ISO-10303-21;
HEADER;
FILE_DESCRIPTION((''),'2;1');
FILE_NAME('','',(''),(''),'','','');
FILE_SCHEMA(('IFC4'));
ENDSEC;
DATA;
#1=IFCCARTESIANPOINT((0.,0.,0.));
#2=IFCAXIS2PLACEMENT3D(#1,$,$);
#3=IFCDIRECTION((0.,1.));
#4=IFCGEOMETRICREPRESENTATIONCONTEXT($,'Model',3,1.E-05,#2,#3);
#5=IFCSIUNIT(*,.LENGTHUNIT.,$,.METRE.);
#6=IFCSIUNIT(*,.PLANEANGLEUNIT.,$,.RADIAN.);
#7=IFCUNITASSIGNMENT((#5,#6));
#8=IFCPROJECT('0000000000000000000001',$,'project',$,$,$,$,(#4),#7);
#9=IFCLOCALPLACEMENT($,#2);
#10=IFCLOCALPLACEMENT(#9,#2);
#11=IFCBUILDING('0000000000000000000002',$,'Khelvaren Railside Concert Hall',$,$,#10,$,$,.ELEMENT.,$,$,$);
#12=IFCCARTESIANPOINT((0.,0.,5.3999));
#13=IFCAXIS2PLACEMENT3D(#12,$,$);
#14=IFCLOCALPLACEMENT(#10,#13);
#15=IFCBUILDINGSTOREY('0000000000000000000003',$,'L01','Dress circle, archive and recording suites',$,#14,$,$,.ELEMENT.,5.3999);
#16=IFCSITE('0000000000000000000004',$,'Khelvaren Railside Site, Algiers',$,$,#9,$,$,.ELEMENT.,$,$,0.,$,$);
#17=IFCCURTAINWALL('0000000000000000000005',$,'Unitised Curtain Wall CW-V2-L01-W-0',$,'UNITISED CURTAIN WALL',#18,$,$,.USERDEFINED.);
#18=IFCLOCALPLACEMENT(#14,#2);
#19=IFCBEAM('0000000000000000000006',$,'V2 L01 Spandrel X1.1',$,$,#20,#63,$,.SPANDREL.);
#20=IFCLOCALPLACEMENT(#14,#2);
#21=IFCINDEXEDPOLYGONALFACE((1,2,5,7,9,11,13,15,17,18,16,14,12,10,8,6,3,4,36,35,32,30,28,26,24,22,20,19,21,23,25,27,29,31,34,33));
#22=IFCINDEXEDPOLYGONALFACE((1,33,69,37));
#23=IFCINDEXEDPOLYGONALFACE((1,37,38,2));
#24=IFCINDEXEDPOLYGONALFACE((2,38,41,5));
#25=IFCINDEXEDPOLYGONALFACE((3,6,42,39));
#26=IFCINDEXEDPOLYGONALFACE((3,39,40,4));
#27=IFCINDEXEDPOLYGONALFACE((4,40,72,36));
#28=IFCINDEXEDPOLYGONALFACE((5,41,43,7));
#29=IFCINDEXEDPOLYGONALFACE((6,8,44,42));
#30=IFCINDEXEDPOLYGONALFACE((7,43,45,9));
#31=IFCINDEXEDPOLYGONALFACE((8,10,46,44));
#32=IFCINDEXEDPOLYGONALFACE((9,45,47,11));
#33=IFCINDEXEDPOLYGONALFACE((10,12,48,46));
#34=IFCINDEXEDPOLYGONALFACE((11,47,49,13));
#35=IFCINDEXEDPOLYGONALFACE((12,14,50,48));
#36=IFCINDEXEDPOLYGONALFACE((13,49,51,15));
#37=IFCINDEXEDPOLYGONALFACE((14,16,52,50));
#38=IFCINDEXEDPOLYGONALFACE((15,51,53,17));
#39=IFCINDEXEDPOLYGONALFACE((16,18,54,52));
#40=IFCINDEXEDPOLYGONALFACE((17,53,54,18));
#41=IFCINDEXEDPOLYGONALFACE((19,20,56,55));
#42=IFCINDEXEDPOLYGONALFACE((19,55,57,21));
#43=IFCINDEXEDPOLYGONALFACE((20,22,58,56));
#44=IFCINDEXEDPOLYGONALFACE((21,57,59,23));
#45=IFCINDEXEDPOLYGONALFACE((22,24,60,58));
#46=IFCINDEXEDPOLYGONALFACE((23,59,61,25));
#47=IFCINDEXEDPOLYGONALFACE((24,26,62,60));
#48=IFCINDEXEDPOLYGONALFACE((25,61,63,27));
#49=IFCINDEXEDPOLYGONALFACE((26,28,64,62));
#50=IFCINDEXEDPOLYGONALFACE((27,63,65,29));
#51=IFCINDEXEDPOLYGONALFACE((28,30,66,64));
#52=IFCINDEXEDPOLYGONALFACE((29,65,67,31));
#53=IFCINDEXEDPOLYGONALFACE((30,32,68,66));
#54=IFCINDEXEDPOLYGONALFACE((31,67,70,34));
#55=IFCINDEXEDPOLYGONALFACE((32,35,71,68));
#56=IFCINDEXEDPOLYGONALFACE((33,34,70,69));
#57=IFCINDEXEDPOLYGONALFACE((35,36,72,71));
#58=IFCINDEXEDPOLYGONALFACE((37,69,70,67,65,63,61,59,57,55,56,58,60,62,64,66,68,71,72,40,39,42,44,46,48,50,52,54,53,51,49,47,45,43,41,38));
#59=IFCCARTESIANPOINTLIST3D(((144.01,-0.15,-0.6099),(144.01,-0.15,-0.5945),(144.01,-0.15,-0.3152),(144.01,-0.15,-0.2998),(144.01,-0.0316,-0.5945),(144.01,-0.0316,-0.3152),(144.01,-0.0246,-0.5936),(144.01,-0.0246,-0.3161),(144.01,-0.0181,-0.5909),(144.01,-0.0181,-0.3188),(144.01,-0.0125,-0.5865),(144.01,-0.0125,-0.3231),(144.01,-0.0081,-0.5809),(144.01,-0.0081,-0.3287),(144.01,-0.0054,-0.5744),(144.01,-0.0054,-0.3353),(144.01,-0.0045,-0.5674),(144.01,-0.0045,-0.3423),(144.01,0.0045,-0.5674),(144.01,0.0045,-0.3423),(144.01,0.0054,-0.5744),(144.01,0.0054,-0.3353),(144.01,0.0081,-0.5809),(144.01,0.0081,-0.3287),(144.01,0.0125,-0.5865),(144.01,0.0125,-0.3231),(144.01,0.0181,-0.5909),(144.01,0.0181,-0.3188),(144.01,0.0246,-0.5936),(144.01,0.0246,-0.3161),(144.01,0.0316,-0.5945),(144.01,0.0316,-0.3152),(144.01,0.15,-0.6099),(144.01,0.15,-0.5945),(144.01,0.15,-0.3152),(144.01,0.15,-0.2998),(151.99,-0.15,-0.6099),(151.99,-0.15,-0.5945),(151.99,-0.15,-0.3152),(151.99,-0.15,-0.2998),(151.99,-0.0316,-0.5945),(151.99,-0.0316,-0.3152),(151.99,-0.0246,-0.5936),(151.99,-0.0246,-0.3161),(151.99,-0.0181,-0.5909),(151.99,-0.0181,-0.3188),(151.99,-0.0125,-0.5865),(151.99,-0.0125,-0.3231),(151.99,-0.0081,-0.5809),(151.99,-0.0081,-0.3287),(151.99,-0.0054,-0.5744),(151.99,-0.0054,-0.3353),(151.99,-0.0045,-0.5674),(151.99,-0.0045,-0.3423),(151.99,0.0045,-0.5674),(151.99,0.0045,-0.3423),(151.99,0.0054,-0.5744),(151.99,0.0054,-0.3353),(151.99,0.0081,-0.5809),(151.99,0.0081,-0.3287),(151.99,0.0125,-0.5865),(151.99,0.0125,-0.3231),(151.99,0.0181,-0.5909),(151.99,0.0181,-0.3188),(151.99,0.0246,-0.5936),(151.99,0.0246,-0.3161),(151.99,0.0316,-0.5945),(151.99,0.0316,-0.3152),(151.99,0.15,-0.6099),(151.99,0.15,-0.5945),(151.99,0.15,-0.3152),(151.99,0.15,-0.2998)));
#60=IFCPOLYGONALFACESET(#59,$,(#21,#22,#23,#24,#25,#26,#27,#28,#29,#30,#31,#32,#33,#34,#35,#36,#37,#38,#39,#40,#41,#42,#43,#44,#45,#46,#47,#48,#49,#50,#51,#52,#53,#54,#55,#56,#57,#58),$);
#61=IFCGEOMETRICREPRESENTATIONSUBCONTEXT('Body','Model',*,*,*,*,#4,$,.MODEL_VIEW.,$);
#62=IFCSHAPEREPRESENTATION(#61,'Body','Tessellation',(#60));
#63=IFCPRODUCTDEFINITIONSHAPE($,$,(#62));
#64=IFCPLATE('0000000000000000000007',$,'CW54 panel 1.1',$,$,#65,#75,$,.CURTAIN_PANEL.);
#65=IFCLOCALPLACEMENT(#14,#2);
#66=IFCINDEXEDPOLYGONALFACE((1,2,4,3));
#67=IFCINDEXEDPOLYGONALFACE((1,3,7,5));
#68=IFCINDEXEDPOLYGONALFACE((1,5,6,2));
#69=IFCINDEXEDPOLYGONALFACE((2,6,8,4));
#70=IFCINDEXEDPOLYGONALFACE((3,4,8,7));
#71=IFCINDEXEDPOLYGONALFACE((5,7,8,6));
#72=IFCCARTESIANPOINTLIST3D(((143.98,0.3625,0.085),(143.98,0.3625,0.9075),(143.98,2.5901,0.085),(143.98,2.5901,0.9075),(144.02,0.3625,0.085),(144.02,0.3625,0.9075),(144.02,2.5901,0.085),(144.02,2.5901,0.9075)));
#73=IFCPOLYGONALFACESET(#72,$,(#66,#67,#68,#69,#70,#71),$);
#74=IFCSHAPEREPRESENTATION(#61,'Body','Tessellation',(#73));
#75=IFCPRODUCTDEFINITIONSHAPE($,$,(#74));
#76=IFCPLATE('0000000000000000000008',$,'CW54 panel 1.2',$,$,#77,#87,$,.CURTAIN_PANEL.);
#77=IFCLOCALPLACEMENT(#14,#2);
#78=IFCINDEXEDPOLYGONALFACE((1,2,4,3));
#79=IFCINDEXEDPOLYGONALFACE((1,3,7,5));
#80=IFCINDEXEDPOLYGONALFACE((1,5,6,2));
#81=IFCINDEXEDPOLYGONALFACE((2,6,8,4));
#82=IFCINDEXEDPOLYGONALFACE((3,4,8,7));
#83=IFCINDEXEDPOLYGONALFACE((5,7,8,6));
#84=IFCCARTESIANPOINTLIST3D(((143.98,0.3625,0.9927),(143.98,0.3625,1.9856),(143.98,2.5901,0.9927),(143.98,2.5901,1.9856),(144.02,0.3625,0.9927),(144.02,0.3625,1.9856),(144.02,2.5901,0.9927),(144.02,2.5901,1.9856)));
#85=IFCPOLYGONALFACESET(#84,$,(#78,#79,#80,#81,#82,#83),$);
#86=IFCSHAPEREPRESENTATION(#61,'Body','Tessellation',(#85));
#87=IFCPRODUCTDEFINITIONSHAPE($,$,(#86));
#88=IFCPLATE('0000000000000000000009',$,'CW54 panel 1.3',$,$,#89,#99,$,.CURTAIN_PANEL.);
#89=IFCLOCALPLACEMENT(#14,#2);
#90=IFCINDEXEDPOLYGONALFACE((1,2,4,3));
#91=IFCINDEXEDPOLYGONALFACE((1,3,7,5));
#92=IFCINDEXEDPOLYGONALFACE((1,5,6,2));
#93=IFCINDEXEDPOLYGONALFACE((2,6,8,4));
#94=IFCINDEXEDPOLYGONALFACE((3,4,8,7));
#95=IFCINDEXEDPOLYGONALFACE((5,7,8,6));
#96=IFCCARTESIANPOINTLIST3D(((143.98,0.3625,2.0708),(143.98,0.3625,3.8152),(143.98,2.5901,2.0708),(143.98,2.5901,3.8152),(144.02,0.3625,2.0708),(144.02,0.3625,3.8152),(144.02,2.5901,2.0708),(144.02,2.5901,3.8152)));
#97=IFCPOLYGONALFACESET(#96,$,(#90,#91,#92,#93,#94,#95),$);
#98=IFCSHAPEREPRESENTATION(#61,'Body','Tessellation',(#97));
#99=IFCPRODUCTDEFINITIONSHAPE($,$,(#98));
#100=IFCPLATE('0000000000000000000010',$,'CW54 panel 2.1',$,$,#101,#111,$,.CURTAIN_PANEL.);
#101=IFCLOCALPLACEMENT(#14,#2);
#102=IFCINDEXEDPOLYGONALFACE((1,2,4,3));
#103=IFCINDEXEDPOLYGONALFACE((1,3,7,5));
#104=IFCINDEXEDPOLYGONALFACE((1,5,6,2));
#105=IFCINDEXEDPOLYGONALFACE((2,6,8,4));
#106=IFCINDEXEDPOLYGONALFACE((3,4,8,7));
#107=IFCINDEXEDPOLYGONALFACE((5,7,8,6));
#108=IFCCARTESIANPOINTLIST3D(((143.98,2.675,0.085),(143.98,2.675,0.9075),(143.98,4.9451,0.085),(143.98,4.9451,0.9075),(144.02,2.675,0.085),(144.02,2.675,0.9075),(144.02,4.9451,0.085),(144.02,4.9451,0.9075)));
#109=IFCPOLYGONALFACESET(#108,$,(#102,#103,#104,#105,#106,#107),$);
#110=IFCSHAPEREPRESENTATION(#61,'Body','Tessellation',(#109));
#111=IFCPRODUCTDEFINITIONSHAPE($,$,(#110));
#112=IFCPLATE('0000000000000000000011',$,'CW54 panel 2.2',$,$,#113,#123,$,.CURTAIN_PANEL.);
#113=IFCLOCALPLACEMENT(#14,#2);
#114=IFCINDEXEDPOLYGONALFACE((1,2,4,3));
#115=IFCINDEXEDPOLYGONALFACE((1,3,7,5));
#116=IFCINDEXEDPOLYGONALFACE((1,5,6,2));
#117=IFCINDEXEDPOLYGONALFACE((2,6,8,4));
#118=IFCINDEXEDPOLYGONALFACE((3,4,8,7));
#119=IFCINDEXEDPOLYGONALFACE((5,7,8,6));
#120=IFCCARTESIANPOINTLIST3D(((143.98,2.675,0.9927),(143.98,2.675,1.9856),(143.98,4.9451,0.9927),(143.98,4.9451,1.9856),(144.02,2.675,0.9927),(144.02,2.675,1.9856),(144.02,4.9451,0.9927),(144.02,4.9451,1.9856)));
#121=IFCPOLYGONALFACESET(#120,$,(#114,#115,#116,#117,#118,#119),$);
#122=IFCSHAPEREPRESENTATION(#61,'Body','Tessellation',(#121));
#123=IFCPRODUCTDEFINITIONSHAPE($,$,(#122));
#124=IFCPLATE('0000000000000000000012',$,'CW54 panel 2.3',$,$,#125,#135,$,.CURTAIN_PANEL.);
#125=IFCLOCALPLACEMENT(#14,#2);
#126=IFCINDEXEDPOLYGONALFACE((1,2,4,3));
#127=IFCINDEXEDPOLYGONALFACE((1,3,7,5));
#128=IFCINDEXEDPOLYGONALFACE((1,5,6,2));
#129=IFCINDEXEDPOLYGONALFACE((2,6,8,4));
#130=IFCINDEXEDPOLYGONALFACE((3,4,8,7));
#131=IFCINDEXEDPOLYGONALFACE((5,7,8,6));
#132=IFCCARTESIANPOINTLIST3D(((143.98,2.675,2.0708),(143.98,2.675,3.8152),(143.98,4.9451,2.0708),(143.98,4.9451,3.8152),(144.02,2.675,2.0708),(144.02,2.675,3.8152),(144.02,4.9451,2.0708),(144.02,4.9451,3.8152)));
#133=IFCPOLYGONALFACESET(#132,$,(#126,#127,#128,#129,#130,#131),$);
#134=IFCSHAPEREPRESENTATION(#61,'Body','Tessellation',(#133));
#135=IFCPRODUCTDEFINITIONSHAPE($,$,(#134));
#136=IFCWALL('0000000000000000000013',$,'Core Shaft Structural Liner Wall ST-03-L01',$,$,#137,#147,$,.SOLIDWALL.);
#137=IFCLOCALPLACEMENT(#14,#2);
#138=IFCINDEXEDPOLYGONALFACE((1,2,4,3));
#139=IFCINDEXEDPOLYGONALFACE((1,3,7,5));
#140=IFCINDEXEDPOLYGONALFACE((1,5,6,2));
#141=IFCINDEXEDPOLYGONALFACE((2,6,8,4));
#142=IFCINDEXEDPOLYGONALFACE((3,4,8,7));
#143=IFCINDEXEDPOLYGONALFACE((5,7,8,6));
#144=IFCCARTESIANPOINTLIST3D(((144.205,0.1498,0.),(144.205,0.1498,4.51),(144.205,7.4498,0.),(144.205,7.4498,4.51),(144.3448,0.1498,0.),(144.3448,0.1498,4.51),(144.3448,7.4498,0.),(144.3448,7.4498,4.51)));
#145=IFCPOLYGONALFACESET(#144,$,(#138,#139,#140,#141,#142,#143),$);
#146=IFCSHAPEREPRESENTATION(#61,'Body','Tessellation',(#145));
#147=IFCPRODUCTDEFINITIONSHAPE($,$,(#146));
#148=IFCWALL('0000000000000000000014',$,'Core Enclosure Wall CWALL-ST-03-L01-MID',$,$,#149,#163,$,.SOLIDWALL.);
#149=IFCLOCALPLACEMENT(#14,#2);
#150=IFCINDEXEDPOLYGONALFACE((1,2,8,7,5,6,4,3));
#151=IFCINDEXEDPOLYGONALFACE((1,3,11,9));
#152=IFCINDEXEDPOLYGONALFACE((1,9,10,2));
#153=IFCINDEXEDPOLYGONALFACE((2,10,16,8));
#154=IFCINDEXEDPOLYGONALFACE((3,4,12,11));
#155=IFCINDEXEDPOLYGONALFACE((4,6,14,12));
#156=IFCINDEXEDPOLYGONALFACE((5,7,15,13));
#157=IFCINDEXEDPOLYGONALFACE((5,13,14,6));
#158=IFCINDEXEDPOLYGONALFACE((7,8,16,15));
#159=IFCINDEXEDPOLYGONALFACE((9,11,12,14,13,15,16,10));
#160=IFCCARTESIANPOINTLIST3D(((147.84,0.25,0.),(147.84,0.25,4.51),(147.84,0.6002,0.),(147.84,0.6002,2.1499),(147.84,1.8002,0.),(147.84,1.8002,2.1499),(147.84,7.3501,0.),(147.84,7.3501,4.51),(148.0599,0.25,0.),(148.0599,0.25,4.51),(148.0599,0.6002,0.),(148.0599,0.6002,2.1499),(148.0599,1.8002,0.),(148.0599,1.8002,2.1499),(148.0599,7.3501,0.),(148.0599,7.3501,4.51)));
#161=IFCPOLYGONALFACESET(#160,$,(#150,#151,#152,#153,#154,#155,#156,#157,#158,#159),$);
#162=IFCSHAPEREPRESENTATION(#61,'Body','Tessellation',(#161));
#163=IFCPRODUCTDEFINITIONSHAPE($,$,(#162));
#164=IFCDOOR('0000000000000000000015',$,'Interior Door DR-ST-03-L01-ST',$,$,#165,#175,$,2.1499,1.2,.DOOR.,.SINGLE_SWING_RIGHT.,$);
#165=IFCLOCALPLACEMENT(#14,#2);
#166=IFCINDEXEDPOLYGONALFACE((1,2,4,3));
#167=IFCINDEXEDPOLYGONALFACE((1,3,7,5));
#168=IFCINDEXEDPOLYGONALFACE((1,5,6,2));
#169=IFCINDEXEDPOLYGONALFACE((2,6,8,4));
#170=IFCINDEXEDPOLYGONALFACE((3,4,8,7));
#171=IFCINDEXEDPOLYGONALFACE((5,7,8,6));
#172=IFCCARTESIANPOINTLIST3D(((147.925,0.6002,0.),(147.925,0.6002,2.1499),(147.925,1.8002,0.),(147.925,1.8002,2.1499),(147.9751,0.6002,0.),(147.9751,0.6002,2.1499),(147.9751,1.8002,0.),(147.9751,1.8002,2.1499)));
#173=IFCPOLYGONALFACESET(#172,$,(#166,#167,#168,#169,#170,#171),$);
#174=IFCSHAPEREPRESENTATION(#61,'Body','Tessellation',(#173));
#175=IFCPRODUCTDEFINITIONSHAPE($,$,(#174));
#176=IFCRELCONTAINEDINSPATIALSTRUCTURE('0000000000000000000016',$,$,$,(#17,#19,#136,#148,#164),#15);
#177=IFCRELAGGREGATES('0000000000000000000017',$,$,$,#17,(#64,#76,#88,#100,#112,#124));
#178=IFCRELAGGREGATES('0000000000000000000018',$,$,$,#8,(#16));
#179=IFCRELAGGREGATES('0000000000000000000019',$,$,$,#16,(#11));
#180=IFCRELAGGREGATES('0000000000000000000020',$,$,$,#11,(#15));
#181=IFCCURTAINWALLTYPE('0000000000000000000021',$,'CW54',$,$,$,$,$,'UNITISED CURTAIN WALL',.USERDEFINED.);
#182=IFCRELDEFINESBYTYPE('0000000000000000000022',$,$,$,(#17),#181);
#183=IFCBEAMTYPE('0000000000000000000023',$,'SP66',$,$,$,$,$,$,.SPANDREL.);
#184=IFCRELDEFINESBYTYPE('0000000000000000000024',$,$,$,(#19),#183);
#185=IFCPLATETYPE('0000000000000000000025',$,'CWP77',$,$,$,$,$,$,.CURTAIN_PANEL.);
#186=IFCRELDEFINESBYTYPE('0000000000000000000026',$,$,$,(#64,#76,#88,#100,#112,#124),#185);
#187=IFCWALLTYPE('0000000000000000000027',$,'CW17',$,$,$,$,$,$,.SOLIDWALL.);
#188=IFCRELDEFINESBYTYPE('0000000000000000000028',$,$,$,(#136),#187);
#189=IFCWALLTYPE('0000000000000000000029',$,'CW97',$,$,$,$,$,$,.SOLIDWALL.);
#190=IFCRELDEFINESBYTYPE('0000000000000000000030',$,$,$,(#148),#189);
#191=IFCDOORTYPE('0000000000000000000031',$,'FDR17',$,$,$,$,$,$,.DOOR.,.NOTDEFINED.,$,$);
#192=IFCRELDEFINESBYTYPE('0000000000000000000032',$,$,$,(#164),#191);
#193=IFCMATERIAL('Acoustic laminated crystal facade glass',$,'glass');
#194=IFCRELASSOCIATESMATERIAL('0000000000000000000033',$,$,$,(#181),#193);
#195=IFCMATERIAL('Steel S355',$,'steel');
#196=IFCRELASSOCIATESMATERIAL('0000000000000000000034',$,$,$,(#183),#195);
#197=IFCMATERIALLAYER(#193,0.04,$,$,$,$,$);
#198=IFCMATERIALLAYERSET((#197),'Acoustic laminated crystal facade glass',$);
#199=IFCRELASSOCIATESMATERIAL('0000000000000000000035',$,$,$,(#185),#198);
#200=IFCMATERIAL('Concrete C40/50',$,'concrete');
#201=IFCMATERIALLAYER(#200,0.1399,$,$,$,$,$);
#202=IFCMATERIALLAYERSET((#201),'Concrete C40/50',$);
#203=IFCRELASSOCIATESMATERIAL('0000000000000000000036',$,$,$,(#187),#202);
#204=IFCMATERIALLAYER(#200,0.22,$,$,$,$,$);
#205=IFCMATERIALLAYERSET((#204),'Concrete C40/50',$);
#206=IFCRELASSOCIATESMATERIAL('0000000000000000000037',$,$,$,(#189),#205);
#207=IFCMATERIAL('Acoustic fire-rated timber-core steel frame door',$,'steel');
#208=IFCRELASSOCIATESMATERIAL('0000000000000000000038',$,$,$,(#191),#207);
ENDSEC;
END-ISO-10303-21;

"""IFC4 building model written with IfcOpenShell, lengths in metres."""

from ifc_helpers import new_model, si_unit, direction, frame, frame_2d, origin, origin_2d, place, context, subcontext, project, spatial, rectangle, i_section, extrude, material, layer, layer_set, material_profile, profile_set, type_object, element, fill, aggregate, save


model = new_model("IFC4")

# Units and contexts
model_context = context("Model", 3, precision=1e-05, world=origin(), true_north=direction((0.0, 1.0)))
body_context = subcontext(model_context, "Body", "Model", "MODEL_VIEW")
ifc_project = project(units=[si_unit("LENGTHUNIT", "METRE"), si_unit("PLANEANGLEUNIT", "RADIAN")], contexts=[model_context])

# Site, building, storey
site_placement = place(None, origin())
site = spatial("IfcSite", under=ifc_project, at=site_placement, Name="Khelvaren Railside Site, Algiers", CompositionType="ELEMENT", RefElevation=0.0)
building_placement = place(site_placement, origin())
building = spatial("IfcBuilding", under=site, at=building_placement, Name="Khelvaren Railside Concert Hall", CompositionType="ELEMENT")
storey_placement = place(building_placement, frame((0.0, 0.0, 5.3999)))
storey = spatial("IfcBuildingStorey", under=building, at=storey_placement, Name="L01", Description="Dress circle, archive and recording suites", CompositionType="ELEMENT", Elevation=5.3999)

# Shared definitions
ifc_material_1 = material(Name="Steel S355", Category="steel")

# Curtain wall
ifc_material_2 = material(Name="Acoustic laminated crystal facade glass", Category="glass")
curtain_wall_type = type_object("IfcCurtainWallType", Name="CW54", ElementType="UNITISED CURTAIN WALL", PredefinedType="USERDEFINED", material=ifc_material_2)
curtain_wall_placement = place(storey_placement, origin())
curtain_wall = element("IfcCurtainWall", 1, at=curtain_wall_placement, inside=storey, type_object=curtain_wall_type, Name="Unitised Curtain Wall CW-V2-L01-W-0", ObjectType="UNITISED CURTAIN WALL", PredefinedType="USERDEFINED")

# Beam
ifc_material_profile_1 = material_profile(ifc_material_1, i_section(OverallWidth=0.3, OverallDepth=0.3101, WebThickness=0.009, FlangeThickness=0.0154, FilletRadius=0.0271, at=origin_2d()), Name="HEA 320")
ifc_profile_set_1 = profile_set([ifc_material_profile_1], Name="Steel S355")
beam_type_1 = type_object("IfcBeamType", Name="SP66", PredefinedType="SPANDREL", material=ifc_profile_set_1)
beam_1_placement = place(storey_placement, frame((144.01, 0.0, -0.4548), z_axis=(1.0, 0.0, 0.0), x_axis=(0.0, 1.0, 0.0)))
element("IfcBeam", 2, at=beam_1_placement, inside=storey, type_object=beam_type_1, Name="V2 L01 Spandrel X1.1", PredefinedType="SPANDREL", context=body_context, shape_type="SweptSolid", body=[
    extrude(i_section(OverallWidth=0.3, OverallDepth=0.3101, WebThickness=0.009, FlangeThickness=0.0154, FilletRadius=0.0271, at=origin_2d()), origin(), (0.0, 0.0, 1.0), 7.98),
])

# Plates
ifc_layer_1 = layer(ifc_material_2, 0.04)
ifc_layer_set_1 = layer_set([ifc_layer_1], Name="Acoustic laminated crystal facade glass")
plate_type = type_object("IfcPlateType", Name="CWP77", PredefinedType="CURTAIN_PANEL", material=ifc_layer_set_1)
plate_1_placement = place(storey_placement, frame((144.0, 1.4763, 0.085), z_axis=(0.0, 0.0, 1.0), x_axis=(0.0, 1.0, 0.0)))
plate_1 = element("IfcPlate", 3, at=plate_1_placement, type_object=plate_type, Name="CW54 panel 1.1", PredefinedType="CURTAIN_PANEL", context=body_context, shape_type="SweptSolid", body=[
    extrude(rectangle(XDim=2.2275, YDim=0.04, at=origin_2d()), origin(), (0.0, 0.0, 1.0), 0.8225),
])
plate_2_placement = place(storey_placement, frame((144.0, 1.4763, 0.9927), z_axis=(0.0, 0.0, 1.0), x_axis=(0.0, 1.0, 0.0)))
plate_2 = element("IfcPlate", 4, at=plate_2_placement, type_object=plate_type, Name="CW54 panel 1.2", PredefinedType="CURTAIN_PANEL", context=body_context, shape_type="SweptSolid", body=[
    extrude(rectangle(XDim=2.2275, YDim=0.04, at=origin_2d()), origin(), (0.0, 0.0, 1.0), 0.9929),
])
plate_3_placement = place(storey_placement, frame((144.0, 1.4763, 2.0708), z_axis=(0.0, 0.0, 1.0), x_axis=(0.0, 1.0, 0.0)))
plate_3 = element("IfcPlate", 5, at=plate_3_placement, type_object=plate_type, Name="CW54 panel 1.3", PredefinedType="CURTAIN_PANEL", context=body_context, shape_type="SweptSolid", body=[
    extrude(rectangle(XDim=2.2275, YDim=0.04, at=origin_2d()), origin(), (0.0, 0.0, 1.0), 1.7444),
])
plate_4_placement = place(storey_placement, frame((144.0, 3.8101, 0.085), z_axis=(0.0, 0.0, 1.0), x_axis=(0.0, 1.0, 0.0)))
plate_4 = element("IfcPlate", 6, at=plate_4_placement, type_object=plate_type, Name="CW54 panel 2.1", PredefinedType="CURTAIN_PANEL", context=body_context, shape_type="SweptSolid", body=[
    extrude(rectangle(XDim=2.27, YDim=0.04, at=origin_2d()), origin(), (0.0, 0.0, 1.0), 0.8225),
])
plate_5_placement = place(storey_placement, frame((144.0, 3.8101, 0.9927), z_axis=(0.0, 0.0, 1.0), x_axis=(0.0, 1.0, 0.0)))
plate_5 = element("IfcPlate", 7, at=plate_5_placement, type_object=plate_type, Name="CW54 panel 2.2", PredefinedType="CURTAIN_PANEL", context=body_context, shape_type="SweptSolid", body=[
    extrude(rectangle(XDim=2.27, YDim=0.04, at=origin_2d()), origin(), (0.0, 0.0, 1.0), 0.9929),
])
plate_6_placement = place(storey_placement, frame((144.0, 3.8101, 2.0708), z_axis=(0.0, 0.0, 1.0), x_axis=(0.0, 1.0, 0.0)))
plate_6 = element("IfcPlate", 8, at=plate_6_placement, type_object=plate_type, Name="CW54 panel 2.3", PredefinedType="CURTAIN_PANEL", context=body_context, shape_type="SweptSolid", body=[
    extrude(rectangle(XDim=2.27, YDim=0.04, at=origin_2d()), origin(), (0.0, 0.0, 1.0), 1.7444),
])
aggregate(curtain_wall, [plate_1, plate_2, plate_3, plate_4, plate_5, plate_6])

# Wall
ifc_material_3 = material(Name="Concrete C40/50", Category="concrete")
ifc_layer_2 = layer(ifc_material_3, 0.1399)
ifc_layer_set_2 = layer_set([ifc_layer_2], Name="Concrete C40/50")
wall_type_1 = type_object("IfcWallType", Name="CW17", PredefinedType="SOLIDWALL", material=ifc_layer_set_2)
wall_1_placement = place(storey_placement, frame((144.2749, 0.1499, 0.0), z_axis=(0.0, 0.0, 1.0), x_axis=(0.0, 1.0, 0.0)))
element("IfcWall", 9, at=wall_1_placement, inside=storey, type_object=wall_type_1, Name="Core Shaft Structural Liner Wall ST-03-L01", PredefinedType="SOLIDWALL", context=body_context, shape_type="SweptSolid", body=[
    extrude(rectangle(XDim=7.3, YDim=0.1399, at=frame_2d((3.6499, 0.0))), origin(), (0.0, 0.0, 1.0), 4.51),
])

# Wall, opening, door
ifc_layer_3 = layer(ifc_material_3, 0.22)
ifc_layer_set_3 = layer_set([ifc_layer_3], Name="Concrete C40/50")
wall_type_2 = type_object("IfcWallType", Name="CW97", PredefinedType="SOLIDWALL", material=ifc_layer_set_3)
wall_2_placement = place(storey_placement, frame((147.95, 0.25, 0.0), z_axis=(0.0, 0.0, 1.0), x_axis=(0.0, 1.0, 0.0)))
wall_2 = element("IfcWall", 10, at=wall_2_placement, inside=storey, type_object=wall_type_2, Name="Core Enclosure Wall CWALL-ST-03-L01-MID", PredefinedType="SOLIDWALL", context=body_context, shape_type="SweptSolid", body=[
    extrude(rectangle(XDim=7.1001, YDim=0.22, at=frame_2d((3.55, 0.0))), origin(), (0.0, 0.0, 1.0), 4.51),
])
opening_1_placement = place(wall_2_placement, frame((0.3501, 0.0, 0.0)))
opening_1 = element("IfcOpeningElement", 11, at=opening_1_placement, cuts=wall_2, PredefinedType="OPENING", context=body_context, shape_type="SweptSolid", body=[
    extrude(rectangle(XDim=1.2, YDim=2.1499, at=frame_2d((0.6001, 1.075))), frame((0.0, 0.1199, 0.0), z_axis=(0.0, -1.0, 0.0), x_axis=(1.0, 0.0, 0.0)), (0.0, 0.0, 1.0), 0.24),
])
ifc_material_4 = material(Name="Acoustic fire-rated timber-core steel frame door", Category="steel")
door_type_1 = type_object("IfcDoorType", Name="FDR17", OperationType="NOTDEFINED", PredefinedType="DOOR", material=ifc_material_4)
door_1_placement = place(opening_1_placement, origin())
door_1 = element("IfcDoor", 12, at=door_1_placement, inside=storey, type_object=door_type_1, Name="Interior Door DR-ST-03-L01-ST", OperationType="SINGLE_SWING_RIGHT", OverallHeight=2.1499, OverallWidth=1.2, PredefinedType="DOOR", context=body_context, shape_type="SweptSolid", body=[
    extrude(rectangle(XDim=1.2, YDim=2.1499, at=frame_2d((0.6001, 1.075))), frame((0.0, 0.0249, 0.0), z_axis=(0.0, -1.0, 0.0), x_axis=(1.0, 0.0, 0.0)), (0.0, 0.0, 1.0), 0.05),
])
fill(opening_1, door_1)

save(model, "model.ifc")
